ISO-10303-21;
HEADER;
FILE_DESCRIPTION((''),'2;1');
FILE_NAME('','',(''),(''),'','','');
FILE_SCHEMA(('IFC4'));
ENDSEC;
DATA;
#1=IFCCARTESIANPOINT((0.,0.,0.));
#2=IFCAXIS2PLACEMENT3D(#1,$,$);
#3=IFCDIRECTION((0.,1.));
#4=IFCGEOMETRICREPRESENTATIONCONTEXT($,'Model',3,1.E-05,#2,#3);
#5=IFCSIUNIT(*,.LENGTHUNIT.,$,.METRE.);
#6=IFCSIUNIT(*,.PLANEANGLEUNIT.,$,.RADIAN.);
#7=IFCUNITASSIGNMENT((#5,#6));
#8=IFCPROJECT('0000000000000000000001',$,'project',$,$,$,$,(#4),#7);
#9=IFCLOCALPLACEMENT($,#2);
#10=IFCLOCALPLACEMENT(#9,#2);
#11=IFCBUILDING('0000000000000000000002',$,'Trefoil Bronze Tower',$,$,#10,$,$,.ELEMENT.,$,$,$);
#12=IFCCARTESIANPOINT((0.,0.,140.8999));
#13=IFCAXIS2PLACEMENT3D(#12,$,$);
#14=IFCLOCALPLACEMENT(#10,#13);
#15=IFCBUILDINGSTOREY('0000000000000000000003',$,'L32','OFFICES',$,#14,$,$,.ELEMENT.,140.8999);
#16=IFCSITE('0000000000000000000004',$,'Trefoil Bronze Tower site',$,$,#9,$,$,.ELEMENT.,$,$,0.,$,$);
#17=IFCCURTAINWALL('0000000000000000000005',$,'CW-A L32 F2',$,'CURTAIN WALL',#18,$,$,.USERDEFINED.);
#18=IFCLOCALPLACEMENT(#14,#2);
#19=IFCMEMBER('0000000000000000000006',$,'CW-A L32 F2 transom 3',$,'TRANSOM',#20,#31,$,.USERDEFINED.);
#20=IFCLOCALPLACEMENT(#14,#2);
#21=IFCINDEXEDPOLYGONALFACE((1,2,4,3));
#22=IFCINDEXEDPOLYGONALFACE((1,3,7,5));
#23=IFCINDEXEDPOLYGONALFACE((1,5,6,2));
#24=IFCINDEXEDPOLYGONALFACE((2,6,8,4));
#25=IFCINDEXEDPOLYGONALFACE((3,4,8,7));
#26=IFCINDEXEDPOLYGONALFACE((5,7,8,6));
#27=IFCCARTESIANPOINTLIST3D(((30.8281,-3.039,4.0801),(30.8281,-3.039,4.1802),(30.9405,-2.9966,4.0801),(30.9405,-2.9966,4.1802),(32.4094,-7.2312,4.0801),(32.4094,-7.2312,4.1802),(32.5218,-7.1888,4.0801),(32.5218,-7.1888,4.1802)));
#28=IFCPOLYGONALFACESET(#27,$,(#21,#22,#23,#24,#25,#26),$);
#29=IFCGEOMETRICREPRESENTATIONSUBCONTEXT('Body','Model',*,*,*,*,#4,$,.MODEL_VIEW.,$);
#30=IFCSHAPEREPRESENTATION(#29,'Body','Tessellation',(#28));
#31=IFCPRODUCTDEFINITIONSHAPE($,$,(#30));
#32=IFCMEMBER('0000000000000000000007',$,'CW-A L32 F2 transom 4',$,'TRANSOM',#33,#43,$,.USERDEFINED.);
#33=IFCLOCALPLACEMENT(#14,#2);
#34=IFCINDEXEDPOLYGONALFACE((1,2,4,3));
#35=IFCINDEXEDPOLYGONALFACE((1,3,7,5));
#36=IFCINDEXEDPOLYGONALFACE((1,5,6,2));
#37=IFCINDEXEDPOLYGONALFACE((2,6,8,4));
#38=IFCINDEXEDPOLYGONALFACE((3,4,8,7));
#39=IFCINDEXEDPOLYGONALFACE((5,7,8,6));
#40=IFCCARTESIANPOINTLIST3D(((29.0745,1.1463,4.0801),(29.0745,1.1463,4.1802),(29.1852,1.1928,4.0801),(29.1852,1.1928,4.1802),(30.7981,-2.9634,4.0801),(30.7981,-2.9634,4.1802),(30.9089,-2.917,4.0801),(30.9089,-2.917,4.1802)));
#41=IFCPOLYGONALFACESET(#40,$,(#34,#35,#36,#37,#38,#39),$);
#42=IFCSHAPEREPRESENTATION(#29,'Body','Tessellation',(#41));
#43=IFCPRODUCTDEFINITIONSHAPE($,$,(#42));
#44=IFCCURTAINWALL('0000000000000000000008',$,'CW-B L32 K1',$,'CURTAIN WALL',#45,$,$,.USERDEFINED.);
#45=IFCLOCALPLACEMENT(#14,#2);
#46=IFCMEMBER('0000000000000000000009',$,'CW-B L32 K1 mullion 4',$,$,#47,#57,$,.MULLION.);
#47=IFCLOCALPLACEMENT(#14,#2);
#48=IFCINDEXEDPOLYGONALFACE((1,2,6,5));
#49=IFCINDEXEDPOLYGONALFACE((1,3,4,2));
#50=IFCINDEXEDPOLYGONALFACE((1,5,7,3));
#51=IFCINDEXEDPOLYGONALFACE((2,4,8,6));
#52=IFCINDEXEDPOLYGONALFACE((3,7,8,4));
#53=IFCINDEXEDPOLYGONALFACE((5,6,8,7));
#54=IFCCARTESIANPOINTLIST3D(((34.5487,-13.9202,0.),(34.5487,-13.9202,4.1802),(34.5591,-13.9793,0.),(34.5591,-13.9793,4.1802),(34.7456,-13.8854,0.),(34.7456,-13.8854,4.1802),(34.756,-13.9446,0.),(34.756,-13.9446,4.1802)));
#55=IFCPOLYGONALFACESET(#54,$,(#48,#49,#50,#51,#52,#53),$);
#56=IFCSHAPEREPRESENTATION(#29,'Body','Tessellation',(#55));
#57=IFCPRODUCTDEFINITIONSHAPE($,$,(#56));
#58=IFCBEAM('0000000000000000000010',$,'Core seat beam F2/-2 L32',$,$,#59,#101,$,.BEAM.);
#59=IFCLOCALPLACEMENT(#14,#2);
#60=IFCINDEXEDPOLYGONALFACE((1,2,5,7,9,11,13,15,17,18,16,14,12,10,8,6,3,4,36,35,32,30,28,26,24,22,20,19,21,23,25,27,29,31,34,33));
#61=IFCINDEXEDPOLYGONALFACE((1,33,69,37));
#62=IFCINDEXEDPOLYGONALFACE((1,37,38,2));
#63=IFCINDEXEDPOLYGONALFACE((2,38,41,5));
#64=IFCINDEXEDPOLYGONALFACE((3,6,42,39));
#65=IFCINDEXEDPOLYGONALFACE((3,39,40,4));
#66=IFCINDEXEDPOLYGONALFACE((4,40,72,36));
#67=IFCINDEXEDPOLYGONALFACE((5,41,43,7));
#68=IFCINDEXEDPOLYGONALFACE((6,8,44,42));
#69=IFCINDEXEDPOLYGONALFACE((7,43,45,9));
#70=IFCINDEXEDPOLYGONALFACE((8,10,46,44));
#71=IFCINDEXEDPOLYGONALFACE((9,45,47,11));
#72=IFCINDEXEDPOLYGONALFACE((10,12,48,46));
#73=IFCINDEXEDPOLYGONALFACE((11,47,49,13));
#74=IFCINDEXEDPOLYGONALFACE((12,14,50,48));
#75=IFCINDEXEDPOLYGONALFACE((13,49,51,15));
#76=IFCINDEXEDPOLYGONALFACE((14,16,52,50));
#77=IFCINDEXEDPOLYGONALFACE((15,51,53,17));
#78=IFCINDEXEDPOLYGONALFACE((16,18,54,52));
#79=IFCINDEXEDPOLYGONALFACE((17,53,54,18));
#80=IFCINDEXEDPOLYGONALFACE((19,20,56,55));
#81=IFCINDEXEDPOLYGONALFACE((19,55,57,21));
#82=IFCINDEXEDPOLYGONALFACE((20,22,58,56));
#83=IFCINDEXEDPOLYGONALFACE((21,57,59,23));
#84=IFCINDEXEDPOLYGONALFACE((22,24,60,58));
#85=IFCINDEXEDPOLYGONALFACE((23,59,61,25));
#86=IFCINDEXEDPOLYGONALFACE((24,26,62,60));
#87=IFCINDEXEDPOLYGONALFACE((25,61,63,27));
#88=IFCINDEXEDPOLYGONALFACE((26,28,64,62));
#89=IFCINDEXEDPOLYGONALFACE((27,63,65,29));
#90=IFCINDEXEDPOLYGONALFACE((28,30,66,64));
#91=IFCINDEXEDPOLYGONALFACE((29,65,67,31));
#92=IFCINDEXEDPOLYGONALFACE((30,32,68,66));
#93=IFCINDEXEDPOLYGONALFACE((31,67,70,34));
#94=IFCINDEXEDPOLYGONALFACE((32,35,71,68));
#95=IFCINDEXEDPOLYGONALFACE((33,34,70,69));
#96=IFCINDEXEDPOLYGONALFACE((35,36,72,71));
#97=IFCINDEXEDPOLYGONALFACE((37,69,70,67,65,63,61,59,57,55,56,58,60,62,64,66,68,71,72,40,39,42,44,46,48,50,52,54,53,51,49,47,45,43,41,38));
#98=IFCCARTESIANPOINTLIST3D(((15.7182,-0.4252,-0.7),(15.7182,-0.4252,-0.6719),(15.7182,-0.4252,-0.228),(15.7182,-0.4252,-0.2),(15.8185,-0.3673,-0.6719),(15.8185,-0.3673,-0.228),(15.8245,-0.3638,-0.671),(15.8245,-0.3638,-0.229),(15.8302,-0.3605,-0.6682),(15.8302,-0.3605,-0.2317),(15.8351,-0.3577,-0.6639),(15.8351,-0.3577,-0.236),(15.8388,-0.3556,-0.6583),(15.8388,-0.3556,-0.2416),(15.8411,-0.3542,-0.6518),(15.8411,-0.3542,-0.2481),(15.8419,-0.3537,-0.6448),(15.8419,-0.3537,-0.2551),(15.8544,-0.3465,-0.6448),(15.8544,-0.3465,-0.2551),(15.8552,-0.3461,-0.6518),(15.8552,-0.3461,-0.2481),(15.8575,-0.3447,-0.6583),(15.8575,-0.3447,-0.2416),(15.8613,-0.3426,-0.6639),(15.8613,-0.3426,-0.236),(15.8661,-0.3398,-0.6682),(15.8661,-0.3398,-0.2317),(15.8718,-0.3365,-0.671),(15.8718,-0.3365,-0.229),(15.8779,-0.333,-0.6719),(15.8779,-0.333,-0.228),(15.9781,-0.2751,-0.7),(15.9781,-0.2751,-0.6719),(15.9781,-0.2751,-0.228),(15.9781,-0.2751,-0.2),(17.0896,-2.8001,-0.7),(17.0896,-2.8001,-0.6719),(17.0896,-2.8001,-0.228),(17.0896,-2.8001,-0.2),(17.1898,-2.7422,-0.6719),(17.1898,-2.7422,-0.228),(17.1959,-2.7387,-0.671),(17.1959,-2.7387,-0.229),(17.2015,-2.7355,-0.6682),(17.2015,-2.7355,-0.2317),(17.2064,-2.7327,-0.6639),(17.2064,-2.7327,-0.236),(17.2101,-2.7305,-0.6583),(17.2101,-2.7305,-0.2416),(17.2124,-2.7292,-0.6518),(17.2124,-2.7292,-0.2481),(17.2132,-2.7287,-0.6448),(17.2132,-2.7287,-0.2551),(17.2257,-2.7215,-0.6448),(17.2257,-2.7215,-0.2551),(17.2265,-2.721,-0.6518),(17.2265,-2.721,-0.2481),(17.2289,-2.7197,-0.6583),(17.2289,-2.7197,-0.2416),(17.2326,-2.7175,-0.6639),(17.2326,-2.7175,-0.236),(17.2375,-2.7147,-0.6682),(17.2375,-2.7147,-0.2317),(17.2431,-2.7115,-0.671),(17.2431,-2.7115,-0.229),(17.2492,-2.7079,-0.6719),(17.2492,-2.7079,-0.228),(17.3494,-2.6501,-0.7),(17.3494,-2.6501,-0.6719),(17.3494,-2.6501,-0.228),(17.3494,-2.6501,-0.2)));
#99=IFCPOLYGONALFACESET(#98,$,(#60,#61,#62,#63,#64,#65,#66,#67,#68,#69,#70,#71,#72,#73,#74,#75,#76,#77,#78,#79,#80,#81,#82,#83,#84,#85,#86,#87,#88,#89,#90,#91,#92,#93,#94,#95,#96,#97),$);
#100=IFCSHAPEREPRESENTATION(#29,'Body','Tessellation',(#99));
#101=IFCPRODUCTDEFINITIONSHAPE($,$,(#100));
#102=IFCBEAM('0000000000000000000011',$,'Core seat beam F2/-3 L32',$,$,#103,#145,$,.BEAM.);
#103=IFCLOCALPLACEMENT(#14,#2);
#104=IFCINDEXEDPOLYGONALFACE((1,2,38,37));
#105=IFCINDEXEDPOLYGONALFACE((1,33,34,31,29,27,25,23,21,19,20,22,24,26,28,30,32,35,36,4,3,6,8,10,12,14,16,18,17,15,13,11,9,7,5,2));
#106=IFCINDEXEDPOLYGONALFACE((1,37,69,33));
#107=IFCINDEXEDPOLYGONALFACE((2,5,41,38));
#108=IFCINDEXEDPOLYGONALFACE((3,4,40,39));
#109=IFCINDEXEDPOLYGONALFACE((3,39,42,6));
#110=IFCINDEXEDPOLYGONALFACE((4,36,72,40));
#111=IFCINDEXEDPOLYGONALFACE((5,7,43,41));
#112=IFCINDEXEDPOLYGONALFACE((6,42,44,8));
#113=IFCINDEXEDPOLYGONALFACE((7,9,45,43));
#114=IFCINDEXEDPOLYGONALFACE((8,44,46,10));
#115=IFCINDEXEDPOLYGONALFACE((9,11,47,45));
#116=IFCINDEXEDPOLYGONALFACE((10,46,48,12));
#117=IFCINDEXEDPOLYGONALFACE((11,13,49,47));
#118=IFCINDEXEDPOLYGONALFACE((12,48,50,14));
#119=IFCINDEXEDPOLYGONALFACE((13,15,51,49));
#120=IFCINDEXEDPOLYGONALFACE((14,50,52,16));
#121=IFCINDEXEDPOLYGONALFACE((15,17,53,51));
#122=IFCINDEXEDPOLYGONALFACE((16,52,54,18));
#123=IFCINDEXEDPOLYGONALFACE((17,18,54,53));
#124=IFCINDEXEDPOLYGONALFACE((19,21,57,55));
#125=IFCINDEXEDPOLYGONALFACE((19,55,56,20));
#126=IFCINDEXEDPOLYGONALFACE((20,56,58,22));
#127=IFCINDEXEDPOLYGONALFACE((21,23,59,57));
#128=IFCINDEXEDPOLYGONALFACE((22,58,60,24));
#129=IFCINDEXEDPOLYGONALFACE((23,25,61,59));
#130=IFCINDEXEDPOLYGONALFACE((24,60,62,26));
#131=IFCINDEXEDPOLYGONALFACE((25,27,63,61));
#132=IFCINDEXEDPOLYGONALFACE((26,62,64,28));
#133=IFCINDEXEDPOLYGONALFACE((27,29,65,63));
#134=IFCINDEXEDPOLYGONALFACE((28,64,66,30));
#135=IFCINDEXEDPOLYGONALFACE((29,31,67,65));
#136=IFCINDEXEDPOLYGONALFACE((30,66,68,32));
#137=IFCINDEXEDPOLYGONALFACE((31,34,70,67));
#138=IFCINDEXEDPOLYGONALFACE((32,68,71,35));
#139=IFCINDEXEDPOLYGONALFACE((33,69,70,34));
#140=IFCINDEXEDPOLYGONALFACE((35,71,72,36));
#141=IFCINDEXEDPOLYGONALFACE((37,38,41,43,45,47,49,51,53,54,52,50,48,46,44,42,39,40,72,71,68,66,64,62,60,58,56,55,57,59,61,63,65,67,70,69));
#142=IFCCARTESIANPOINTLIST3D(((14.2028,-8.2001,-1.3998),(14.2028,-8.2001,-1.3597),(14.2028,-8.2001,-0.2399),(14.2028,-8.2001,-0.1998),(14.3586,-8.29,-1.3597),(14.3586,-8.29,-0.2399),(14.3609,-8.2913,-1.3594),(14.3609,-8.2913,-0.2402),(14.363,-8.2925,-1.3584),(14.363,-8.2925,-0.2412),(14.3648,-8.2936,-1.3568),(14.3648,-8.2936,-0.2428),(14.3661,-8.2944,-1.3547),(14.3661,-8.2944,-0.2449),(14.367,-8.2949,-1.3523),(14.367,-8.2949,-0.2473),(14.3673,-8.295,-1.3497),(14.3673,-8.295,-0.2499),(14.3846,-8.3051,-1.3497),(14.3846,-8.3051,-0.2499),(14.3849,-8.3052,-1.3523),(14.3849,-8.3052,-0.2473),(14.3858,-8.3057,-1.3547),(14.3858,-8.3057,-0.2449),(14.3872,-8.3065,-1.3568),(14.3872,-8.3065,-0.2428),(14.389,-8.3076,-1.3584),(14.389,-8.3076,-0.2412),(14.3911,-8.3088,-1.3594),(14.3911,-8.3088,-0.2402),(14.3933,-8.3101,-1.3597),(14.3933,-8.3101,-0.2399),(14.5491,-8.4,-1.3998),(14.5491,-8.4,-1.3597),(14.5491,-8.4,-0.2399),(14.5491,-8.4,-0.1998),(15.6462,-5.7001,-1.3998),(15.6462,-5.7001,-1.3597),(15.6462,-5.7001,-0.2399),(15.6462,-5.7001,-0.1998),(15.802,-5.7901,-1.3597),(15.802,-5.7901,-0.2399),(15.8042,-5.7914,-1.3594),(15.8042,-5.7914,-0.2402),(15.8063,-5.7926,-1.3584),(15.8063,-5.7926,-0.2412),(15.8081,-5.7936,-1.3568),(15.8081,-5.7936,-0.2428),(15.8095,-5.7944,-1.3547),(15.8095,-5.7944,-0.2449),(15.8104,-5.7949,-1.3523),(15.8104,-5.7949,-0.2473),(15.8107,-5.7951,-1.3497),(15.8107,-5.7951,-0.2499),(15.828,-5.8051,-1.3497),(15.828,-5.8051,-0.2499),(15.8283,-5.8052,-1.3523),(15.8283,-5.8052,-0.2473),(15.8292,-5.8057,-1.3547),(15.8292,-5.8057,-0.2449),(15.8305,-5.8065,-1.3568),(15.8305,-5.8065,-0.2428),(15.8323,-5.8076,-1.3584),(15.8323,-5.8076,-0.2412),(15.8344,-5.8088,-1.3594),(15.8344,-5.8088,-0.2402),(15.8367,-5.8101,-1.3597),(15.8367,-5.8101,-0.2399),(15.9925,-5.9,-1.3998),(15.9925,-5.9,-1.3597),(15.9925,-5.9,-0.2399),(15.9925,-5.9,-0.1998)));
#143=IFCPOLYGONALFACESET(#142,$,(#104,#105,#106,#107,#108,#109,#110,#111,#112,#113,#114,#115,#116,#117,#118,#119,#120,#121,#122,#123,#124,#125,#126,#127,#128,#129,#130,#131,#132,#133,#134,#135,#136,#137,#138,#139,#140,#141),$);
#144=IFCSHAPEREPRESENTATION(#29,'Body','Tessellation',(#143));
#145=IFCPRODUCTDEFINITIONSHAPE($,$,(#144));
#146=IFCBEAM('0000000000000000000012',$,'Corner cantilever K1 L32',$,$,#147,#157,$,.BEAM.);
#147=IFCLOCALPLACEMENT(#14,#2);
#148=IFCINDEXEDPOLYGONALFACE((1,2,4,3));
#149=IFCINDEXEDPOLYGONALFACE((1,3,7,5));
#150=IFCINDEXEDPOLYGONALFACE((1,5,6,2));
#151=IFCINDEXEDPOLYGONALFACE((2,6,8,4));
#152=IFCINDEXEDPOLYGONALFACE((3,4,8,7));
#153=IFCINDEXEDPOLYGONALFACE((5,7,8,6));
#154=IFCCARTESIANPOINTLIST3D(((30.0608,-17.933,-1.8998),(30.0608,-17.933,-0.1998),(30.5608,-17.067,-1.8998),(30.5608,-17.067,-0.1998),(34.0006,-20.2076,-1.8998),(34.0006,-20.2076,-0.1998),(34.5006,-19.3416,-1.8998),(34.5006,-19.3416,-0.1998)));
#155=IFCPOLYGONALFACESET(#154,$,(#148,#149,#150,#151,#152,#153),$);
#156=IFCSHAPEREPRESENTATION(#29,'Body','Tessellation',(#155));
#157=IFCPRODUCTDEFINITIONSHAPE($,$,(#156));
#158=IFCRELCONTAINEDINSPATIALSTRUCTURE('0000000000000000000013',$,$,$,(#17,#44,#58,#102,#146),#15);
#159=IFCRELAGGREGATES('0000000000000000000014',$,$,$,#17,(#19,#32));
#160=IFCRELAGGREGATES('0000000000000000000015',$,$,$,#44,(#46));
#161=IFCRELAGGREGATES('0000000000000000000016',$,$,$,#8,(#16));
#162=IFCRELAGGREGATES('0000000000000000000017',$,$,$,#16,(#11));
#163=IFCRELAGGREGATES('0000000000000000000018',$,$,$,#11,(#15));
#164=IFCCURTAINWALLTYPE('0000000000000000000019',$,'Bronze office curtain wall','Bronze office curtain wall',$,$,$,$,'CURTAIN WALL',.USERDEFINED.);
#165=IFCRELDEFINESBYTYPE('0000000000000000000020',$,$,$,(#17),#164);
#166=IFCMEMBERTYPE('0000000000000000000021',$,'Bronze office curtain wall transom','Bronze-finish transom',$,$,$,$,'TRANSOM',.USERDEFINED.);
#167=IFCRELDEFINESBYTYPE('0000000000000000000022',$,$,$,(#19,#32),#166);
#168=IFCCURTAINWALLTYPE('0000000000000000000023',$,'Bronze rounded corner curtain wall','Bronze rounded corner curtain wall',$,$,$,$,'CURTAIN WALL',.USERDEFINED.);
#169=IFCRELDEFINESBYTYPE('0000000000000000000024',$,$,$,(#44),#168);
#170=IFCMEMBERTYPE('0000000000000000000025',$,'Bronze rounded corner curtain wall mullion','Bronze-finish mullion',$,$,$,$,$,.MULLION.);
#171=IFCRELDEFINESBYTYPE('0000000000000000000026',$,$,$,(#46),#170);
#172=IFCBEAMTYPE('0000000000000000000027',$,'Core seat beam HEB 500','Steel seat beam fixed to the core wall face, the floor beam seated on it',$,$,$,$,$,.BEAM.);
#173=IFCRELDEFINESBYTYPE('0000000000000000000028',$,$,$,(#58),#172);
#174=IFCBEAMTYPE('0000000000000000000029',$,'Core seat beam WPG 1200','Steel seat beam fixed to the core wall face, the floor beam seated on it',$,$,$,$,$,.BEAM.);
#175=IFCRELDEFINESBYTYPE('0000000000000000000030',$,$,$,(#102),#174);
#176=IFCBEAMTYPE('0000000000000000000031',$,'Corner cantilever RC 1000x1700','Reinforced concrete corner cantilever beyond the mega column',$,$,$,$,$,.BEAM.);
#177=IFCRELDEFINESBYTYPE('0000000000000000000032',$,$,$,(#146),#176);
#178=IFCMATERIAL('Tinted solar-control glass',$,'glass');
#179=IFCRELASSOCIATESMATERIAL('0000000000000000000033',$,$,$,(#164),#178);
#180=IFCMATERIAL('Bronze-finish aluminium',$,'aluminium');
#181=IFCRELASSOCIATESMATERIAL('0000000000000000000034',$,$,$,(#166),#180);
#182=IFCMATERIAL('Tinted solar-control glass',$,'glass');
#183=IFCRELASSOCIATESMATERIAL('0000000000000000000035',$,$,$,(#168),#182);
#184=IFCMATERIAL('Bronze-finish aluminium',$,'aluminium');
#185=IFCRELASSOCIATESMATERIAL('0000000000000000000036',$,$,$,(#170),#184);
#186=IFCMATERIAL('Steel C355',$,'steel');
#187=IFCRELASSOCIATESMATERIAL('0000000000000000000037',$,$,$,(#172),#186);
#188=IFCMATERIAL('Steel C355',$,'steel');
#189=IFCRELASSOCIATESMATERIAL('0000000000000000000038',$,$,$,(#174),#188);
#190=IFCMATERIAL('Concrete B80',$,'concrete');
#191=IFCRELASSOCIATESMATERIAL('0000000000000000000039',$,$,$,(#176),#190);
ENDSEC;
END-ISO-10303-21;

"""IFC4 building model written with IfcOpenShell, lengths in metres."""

from ifc_helpers import new_model, si_unit, direction, frame, origin, origin_2d, place, context, subcontext, project, spatial, rectangle, i_section, extrude, material, material_profile, profile_set, type_object, element, aggregate, save


model = new_model("IFC4")

# Units and contexts
model_context = context("Model", 3, precision=1e-05, world=origin(), true_north=direction((0.0, 1.0)))
body_context = subcontext(model_context, "Body", "Model", "MODEL_VIEW")
ifc_project = project(units=[si_unit("LENGTHUNIT", "METRE"), si_unit("PLANEANGLEUNIT", "RADIAN")], contexts=[model_context])

# Site, building, storey
site_placement = place(None, origin())
site = spatial("IfcSite", under=ifc_project, at=site_placement, Name="Trefoil Bronze Tower site", CompositionType="ELEMENT", RefElevation=0.0)
building_placement = place(site_placement, origin())
building = spatial("IfcBuilding", under=site, at=building_placement, Name="Trefoil Bronze Tower", CompositionType="ELEMENT")
storey_placement = place(building_placement, frame((0.0, 0.0, 140.8999)))
storey = spatial("IfcBuildingStorey", under=building, at=storey_placement, Name="L32", Description="OFFICES", CompositionType="ELEMENT", Elevation=140.8999)

# Curtain wall, members
ifc_material_1 = material(Name="Tinted solar-control glass", Category="glass")
curtain_wall_type_1 = type_object("IfcCurtainWallType", Name="Bronze office curtain wall", Description="Bronze office curtain wall", ElementType="CURTAIN WALL", PredefinedType="USERDEFINED", material=ifc_material_1)
curtain_wall_1_placement = place(storey_placement, origin())
curtain_wall_1 = element("IfcCurtainWall", 1, at=curtain_wall_1_placement, inside=storey, type_object=curtain_wall_type_1, Name="CW-A L32 F2", ObjectType="CURTAIN WALL", PredefinedType="USERDEFINED")
ifc_material_2 = material(Name="Bronze-finish aluminium", Category="aluminium")
ifc_material_profile_1 = material_profile(ifc_material_2, rectangle(XDim=0.1201, YDim=0.1001, at=origin_2d()), Name="CW-A transom")
ifc_profile_set_1 = profile_set([ifc_material_profile_1], Name="Bronze-finish aluminium")
member_type_1 = type_object("IfcMemberType", Name="Bronze office curtain wall transom", Description="Bronze-finish transom", ElementType="TRANSOM", PredefinedType="USERDEFINED", material=ifc_profile_set_1)
member_1_placement = place(storey_placement, frame((32.4656, -7.21, 4.1301), z_axis=(-0.352932, 0.935649, 0.0), x_axis=(-0.935649, -0.352932, 0.0)))
member_1 = element("IfcMember", 2, at=member_1_placement, type_object=member_type_1, Name="CW-A L32 F2 transom 3", ObjectType="TRANSOM", PredefinedType="USERDEFINED", context=body_context, shape_type="SweptSolid", body=[
    extrude(rectangle(XDim=0.1201, YDim=0.1001, at=origin_2d()), origin(), (0.0, 0.0, 1.0), 4.4805),
])
member_2_placement = place(storey_placement, frame((30.8535, -2.9402, 4.1301), z_axis=(-0.386773, 0.922175, 0.0), x_axis=(-0.922175, -0.386773, 0.0)))
member_2 = element("IfcMember", 3, at=member_2_placement, type_object=member_type_1, Name="CW-A L32 F2 transom 4", ObjectType="TRANSOM", PredefinedType="USERDEFINED", context=body_context, shape_type="SweptSolid", body=[
    extrude(rectangle(XDim=0.1201, YDim=0.1001, at=origin_2d()), origin(), (0.0, 0.0, 1.0), 4.4565),
])

# Curtain wall, member
ifc_material_3 = material(Name="Tinted solar-control glass", Category="glass")
curtain_wall_type_2 = type_object("IfcCurtainWallType", Name="Bronze rounded corner curtain wall", Description="Bronze rounded corner curtain wall", ElementType="CURTAIN WALL", PredefinedType="USERDEFINED", material=ifc_material_3)
curtain_wall_2_placement = place(storey_placement, origin())
curtain_wall_2 = element("IfcCurtainWall", 4, at=curtain_wall_2_placement, inside=storey, type_object=curtain_wall_type_2, Name="CW-B L32 K1", ObjectType="CURTAIN WALL", PredefinedType="USERDEFINED")
ifc_material_4 = material(Name="Bronze-finish aluminium", Category="aluminium")
ifc_material_profile_2 = material_profile(ifc_material_4, rectangle(XDim=0.2, YDim=0.0601, at=origin_2d()), Name="CW-B mullion")
ifc_profile_set_2 = profile_set([ifc_material_profile_2], Name="Bronze-finish aluminium")
member_type_2 = type_object("IfcMemberType", Name="Bronze rounded corner curtain wall mullion", Description="Bronze-finish mullion", PredefinedType="MULLION", material=ifc_profile_set_2)
member_3_placement = place(storey_placement, frame((34.6523, -13.9324, 0.0), z_axis=(0.0, 0.0, 1.0), x_axis=(-0.984808, -0.173648, 0.0)))
member_3 = element("IfcMember", 5, at=member_3_placement, type_object=member_type_2, Name="CW-B L32 K1 mullion 4", PredefinedType="MULLION", context=body_context, shape_type="SweptSolid", body=[
    extrude(rectangle(XDim=0.2, YDim=0.0601, at=origin_2d()), origin(), (0.0, 0.0, 1.0), 4.1802),
])

# Beams
ifc_material_5 = material(Name="Steel C355", Category="steel")
ifc_material_profile_3 = material_profile(ifc_material_5, i_section(OverallWidth=0.3, OverallDepth=0.5, WebThickness=0.0144, FlangeThickness=0.0281, FilletRadius=0.0271, at=origin_2d()), Name="HEB 500")
ifc_profile_set_3 = profile_set([ifc_material_profile_3], Name="Steel C355")
beam_type_1 = type_object("IfcBeamType", Name="Core seat beam HEB 500", Description="Steel seat beam fixed to the core wall face, the floor beam seated on it", PredefinedType="BEAM", material=ifc_profile_set_3)
beam_1_placement = place(storey_placement, frame((17.2195, -2.7251, -0.45), z_axis=(-0.500036, 0.866005, 0.0), x_axis=(-0.866005, -0.500036, 0.0)))
element("IfcBeam", 6, at=beam_1_placement, inside=storey, type_object=beam_type_1, Name="Core seat beam F2/-2 L32", PredefinedType="BEAM", context=body_context, shape_type="SweptSolid", body=[
    extrude(i_section(OverallWidth=0.3, OverallDepth=0.5, WebThickness=0.0144, FlangeThickness=0.0281, FilletRadius=0.0271, at=origin_2d()), origin(), (0.0, 0.0, 1.0), 2.7424),
])
ifc_material_6 = material(Name="Steel C355", Category="steel")
ifc_material_profile_4 = material_profile(ifc_material_6, i_section(OverallWidth=0.3999, OverallDepth=1.2, WebThickness=0.02, FlangeThickness=0.04, FilletRadius=0.01, at=origin_2d()), Name="WPG 1200")
ifc_profile_set_4 = profile_set([ifc_material_profile_4], Name="Steel C355")
beam_type_2 = type_object("IfcBeamType", Name="Core seat beam WPG 1200", Description="Steel seat beam fixed to the core wall face, the floor beam seated on it", PredefinedType="BEAM", material=ifc_profile_set_4)
beam_2_placement = place(storey_placement, frame((14.376, -8.3, -0.7998), z_axis=(0.499996, 0.866028, 0.0), x_axis=(-0.866028, 0.499996, 0.0)))
element("IfcBeam", 7, at=beam_2_placement, inside=storey, type_object=beam_type_2, Name="Core seat beam F2/-3 L32", PredefinedType="BEAM", context=body_context, shape_type="SweptSolid", body=[
    extrude(i_section(OverallWidth=0.3999, OverallDepth=1.2, WebThickness=0.02, FlangeThickness=0.04, FilletRadius=0.01, at=origin_2d()), origin(), (0.0, 0.0, 1.0), 2.8867),
])
ifc_material_7 = material(Name="Concrete B80", Category="concrete")
ifc_material_profile_5 = material_profile(ifc_material_7, rectangle(XDim=1.0, YDim=1.7, at=origin_2d()), Name="RC 1000x1700")
ifc_profile_set_5 = profile_set([ifc_material_profile_5], Name="Concrete B80")
beam_type_3 = type_object("IfcBeamType", Name="Corner cantilever RC 1000x1700", Description="Reinforced concrete corner cantilever beyond the mega column", PredefinedType="BEAM", material=ifc_profile_set_5)
beam_3_placement = place(storey_placement, frame((30.3108, -17.5, -1.0498), z_axis=(0.866032, -0.499989, 0.0), x_axis=(0.499989, 0.866032, 0.0)))
element("IfcBeam", 8, at=beam_3_placement, inside=storey, type_object=beam_type_3, Name="Corner cantilever K1 L32", PredefinedType="BEAM", context=body_context, shape_type="SweptSolid", body=[
    extrude(rectangle(XDim=1.0, YDim=1.7, at=origin_2d()), origin(), (0.0, 0.0, 1.0), 4.5493),
])

aggregate(curtain_wall_1, [member_1, member_2])
aggregate(curtain_wall_2, [member_3])

save(model, "model.ifc")
